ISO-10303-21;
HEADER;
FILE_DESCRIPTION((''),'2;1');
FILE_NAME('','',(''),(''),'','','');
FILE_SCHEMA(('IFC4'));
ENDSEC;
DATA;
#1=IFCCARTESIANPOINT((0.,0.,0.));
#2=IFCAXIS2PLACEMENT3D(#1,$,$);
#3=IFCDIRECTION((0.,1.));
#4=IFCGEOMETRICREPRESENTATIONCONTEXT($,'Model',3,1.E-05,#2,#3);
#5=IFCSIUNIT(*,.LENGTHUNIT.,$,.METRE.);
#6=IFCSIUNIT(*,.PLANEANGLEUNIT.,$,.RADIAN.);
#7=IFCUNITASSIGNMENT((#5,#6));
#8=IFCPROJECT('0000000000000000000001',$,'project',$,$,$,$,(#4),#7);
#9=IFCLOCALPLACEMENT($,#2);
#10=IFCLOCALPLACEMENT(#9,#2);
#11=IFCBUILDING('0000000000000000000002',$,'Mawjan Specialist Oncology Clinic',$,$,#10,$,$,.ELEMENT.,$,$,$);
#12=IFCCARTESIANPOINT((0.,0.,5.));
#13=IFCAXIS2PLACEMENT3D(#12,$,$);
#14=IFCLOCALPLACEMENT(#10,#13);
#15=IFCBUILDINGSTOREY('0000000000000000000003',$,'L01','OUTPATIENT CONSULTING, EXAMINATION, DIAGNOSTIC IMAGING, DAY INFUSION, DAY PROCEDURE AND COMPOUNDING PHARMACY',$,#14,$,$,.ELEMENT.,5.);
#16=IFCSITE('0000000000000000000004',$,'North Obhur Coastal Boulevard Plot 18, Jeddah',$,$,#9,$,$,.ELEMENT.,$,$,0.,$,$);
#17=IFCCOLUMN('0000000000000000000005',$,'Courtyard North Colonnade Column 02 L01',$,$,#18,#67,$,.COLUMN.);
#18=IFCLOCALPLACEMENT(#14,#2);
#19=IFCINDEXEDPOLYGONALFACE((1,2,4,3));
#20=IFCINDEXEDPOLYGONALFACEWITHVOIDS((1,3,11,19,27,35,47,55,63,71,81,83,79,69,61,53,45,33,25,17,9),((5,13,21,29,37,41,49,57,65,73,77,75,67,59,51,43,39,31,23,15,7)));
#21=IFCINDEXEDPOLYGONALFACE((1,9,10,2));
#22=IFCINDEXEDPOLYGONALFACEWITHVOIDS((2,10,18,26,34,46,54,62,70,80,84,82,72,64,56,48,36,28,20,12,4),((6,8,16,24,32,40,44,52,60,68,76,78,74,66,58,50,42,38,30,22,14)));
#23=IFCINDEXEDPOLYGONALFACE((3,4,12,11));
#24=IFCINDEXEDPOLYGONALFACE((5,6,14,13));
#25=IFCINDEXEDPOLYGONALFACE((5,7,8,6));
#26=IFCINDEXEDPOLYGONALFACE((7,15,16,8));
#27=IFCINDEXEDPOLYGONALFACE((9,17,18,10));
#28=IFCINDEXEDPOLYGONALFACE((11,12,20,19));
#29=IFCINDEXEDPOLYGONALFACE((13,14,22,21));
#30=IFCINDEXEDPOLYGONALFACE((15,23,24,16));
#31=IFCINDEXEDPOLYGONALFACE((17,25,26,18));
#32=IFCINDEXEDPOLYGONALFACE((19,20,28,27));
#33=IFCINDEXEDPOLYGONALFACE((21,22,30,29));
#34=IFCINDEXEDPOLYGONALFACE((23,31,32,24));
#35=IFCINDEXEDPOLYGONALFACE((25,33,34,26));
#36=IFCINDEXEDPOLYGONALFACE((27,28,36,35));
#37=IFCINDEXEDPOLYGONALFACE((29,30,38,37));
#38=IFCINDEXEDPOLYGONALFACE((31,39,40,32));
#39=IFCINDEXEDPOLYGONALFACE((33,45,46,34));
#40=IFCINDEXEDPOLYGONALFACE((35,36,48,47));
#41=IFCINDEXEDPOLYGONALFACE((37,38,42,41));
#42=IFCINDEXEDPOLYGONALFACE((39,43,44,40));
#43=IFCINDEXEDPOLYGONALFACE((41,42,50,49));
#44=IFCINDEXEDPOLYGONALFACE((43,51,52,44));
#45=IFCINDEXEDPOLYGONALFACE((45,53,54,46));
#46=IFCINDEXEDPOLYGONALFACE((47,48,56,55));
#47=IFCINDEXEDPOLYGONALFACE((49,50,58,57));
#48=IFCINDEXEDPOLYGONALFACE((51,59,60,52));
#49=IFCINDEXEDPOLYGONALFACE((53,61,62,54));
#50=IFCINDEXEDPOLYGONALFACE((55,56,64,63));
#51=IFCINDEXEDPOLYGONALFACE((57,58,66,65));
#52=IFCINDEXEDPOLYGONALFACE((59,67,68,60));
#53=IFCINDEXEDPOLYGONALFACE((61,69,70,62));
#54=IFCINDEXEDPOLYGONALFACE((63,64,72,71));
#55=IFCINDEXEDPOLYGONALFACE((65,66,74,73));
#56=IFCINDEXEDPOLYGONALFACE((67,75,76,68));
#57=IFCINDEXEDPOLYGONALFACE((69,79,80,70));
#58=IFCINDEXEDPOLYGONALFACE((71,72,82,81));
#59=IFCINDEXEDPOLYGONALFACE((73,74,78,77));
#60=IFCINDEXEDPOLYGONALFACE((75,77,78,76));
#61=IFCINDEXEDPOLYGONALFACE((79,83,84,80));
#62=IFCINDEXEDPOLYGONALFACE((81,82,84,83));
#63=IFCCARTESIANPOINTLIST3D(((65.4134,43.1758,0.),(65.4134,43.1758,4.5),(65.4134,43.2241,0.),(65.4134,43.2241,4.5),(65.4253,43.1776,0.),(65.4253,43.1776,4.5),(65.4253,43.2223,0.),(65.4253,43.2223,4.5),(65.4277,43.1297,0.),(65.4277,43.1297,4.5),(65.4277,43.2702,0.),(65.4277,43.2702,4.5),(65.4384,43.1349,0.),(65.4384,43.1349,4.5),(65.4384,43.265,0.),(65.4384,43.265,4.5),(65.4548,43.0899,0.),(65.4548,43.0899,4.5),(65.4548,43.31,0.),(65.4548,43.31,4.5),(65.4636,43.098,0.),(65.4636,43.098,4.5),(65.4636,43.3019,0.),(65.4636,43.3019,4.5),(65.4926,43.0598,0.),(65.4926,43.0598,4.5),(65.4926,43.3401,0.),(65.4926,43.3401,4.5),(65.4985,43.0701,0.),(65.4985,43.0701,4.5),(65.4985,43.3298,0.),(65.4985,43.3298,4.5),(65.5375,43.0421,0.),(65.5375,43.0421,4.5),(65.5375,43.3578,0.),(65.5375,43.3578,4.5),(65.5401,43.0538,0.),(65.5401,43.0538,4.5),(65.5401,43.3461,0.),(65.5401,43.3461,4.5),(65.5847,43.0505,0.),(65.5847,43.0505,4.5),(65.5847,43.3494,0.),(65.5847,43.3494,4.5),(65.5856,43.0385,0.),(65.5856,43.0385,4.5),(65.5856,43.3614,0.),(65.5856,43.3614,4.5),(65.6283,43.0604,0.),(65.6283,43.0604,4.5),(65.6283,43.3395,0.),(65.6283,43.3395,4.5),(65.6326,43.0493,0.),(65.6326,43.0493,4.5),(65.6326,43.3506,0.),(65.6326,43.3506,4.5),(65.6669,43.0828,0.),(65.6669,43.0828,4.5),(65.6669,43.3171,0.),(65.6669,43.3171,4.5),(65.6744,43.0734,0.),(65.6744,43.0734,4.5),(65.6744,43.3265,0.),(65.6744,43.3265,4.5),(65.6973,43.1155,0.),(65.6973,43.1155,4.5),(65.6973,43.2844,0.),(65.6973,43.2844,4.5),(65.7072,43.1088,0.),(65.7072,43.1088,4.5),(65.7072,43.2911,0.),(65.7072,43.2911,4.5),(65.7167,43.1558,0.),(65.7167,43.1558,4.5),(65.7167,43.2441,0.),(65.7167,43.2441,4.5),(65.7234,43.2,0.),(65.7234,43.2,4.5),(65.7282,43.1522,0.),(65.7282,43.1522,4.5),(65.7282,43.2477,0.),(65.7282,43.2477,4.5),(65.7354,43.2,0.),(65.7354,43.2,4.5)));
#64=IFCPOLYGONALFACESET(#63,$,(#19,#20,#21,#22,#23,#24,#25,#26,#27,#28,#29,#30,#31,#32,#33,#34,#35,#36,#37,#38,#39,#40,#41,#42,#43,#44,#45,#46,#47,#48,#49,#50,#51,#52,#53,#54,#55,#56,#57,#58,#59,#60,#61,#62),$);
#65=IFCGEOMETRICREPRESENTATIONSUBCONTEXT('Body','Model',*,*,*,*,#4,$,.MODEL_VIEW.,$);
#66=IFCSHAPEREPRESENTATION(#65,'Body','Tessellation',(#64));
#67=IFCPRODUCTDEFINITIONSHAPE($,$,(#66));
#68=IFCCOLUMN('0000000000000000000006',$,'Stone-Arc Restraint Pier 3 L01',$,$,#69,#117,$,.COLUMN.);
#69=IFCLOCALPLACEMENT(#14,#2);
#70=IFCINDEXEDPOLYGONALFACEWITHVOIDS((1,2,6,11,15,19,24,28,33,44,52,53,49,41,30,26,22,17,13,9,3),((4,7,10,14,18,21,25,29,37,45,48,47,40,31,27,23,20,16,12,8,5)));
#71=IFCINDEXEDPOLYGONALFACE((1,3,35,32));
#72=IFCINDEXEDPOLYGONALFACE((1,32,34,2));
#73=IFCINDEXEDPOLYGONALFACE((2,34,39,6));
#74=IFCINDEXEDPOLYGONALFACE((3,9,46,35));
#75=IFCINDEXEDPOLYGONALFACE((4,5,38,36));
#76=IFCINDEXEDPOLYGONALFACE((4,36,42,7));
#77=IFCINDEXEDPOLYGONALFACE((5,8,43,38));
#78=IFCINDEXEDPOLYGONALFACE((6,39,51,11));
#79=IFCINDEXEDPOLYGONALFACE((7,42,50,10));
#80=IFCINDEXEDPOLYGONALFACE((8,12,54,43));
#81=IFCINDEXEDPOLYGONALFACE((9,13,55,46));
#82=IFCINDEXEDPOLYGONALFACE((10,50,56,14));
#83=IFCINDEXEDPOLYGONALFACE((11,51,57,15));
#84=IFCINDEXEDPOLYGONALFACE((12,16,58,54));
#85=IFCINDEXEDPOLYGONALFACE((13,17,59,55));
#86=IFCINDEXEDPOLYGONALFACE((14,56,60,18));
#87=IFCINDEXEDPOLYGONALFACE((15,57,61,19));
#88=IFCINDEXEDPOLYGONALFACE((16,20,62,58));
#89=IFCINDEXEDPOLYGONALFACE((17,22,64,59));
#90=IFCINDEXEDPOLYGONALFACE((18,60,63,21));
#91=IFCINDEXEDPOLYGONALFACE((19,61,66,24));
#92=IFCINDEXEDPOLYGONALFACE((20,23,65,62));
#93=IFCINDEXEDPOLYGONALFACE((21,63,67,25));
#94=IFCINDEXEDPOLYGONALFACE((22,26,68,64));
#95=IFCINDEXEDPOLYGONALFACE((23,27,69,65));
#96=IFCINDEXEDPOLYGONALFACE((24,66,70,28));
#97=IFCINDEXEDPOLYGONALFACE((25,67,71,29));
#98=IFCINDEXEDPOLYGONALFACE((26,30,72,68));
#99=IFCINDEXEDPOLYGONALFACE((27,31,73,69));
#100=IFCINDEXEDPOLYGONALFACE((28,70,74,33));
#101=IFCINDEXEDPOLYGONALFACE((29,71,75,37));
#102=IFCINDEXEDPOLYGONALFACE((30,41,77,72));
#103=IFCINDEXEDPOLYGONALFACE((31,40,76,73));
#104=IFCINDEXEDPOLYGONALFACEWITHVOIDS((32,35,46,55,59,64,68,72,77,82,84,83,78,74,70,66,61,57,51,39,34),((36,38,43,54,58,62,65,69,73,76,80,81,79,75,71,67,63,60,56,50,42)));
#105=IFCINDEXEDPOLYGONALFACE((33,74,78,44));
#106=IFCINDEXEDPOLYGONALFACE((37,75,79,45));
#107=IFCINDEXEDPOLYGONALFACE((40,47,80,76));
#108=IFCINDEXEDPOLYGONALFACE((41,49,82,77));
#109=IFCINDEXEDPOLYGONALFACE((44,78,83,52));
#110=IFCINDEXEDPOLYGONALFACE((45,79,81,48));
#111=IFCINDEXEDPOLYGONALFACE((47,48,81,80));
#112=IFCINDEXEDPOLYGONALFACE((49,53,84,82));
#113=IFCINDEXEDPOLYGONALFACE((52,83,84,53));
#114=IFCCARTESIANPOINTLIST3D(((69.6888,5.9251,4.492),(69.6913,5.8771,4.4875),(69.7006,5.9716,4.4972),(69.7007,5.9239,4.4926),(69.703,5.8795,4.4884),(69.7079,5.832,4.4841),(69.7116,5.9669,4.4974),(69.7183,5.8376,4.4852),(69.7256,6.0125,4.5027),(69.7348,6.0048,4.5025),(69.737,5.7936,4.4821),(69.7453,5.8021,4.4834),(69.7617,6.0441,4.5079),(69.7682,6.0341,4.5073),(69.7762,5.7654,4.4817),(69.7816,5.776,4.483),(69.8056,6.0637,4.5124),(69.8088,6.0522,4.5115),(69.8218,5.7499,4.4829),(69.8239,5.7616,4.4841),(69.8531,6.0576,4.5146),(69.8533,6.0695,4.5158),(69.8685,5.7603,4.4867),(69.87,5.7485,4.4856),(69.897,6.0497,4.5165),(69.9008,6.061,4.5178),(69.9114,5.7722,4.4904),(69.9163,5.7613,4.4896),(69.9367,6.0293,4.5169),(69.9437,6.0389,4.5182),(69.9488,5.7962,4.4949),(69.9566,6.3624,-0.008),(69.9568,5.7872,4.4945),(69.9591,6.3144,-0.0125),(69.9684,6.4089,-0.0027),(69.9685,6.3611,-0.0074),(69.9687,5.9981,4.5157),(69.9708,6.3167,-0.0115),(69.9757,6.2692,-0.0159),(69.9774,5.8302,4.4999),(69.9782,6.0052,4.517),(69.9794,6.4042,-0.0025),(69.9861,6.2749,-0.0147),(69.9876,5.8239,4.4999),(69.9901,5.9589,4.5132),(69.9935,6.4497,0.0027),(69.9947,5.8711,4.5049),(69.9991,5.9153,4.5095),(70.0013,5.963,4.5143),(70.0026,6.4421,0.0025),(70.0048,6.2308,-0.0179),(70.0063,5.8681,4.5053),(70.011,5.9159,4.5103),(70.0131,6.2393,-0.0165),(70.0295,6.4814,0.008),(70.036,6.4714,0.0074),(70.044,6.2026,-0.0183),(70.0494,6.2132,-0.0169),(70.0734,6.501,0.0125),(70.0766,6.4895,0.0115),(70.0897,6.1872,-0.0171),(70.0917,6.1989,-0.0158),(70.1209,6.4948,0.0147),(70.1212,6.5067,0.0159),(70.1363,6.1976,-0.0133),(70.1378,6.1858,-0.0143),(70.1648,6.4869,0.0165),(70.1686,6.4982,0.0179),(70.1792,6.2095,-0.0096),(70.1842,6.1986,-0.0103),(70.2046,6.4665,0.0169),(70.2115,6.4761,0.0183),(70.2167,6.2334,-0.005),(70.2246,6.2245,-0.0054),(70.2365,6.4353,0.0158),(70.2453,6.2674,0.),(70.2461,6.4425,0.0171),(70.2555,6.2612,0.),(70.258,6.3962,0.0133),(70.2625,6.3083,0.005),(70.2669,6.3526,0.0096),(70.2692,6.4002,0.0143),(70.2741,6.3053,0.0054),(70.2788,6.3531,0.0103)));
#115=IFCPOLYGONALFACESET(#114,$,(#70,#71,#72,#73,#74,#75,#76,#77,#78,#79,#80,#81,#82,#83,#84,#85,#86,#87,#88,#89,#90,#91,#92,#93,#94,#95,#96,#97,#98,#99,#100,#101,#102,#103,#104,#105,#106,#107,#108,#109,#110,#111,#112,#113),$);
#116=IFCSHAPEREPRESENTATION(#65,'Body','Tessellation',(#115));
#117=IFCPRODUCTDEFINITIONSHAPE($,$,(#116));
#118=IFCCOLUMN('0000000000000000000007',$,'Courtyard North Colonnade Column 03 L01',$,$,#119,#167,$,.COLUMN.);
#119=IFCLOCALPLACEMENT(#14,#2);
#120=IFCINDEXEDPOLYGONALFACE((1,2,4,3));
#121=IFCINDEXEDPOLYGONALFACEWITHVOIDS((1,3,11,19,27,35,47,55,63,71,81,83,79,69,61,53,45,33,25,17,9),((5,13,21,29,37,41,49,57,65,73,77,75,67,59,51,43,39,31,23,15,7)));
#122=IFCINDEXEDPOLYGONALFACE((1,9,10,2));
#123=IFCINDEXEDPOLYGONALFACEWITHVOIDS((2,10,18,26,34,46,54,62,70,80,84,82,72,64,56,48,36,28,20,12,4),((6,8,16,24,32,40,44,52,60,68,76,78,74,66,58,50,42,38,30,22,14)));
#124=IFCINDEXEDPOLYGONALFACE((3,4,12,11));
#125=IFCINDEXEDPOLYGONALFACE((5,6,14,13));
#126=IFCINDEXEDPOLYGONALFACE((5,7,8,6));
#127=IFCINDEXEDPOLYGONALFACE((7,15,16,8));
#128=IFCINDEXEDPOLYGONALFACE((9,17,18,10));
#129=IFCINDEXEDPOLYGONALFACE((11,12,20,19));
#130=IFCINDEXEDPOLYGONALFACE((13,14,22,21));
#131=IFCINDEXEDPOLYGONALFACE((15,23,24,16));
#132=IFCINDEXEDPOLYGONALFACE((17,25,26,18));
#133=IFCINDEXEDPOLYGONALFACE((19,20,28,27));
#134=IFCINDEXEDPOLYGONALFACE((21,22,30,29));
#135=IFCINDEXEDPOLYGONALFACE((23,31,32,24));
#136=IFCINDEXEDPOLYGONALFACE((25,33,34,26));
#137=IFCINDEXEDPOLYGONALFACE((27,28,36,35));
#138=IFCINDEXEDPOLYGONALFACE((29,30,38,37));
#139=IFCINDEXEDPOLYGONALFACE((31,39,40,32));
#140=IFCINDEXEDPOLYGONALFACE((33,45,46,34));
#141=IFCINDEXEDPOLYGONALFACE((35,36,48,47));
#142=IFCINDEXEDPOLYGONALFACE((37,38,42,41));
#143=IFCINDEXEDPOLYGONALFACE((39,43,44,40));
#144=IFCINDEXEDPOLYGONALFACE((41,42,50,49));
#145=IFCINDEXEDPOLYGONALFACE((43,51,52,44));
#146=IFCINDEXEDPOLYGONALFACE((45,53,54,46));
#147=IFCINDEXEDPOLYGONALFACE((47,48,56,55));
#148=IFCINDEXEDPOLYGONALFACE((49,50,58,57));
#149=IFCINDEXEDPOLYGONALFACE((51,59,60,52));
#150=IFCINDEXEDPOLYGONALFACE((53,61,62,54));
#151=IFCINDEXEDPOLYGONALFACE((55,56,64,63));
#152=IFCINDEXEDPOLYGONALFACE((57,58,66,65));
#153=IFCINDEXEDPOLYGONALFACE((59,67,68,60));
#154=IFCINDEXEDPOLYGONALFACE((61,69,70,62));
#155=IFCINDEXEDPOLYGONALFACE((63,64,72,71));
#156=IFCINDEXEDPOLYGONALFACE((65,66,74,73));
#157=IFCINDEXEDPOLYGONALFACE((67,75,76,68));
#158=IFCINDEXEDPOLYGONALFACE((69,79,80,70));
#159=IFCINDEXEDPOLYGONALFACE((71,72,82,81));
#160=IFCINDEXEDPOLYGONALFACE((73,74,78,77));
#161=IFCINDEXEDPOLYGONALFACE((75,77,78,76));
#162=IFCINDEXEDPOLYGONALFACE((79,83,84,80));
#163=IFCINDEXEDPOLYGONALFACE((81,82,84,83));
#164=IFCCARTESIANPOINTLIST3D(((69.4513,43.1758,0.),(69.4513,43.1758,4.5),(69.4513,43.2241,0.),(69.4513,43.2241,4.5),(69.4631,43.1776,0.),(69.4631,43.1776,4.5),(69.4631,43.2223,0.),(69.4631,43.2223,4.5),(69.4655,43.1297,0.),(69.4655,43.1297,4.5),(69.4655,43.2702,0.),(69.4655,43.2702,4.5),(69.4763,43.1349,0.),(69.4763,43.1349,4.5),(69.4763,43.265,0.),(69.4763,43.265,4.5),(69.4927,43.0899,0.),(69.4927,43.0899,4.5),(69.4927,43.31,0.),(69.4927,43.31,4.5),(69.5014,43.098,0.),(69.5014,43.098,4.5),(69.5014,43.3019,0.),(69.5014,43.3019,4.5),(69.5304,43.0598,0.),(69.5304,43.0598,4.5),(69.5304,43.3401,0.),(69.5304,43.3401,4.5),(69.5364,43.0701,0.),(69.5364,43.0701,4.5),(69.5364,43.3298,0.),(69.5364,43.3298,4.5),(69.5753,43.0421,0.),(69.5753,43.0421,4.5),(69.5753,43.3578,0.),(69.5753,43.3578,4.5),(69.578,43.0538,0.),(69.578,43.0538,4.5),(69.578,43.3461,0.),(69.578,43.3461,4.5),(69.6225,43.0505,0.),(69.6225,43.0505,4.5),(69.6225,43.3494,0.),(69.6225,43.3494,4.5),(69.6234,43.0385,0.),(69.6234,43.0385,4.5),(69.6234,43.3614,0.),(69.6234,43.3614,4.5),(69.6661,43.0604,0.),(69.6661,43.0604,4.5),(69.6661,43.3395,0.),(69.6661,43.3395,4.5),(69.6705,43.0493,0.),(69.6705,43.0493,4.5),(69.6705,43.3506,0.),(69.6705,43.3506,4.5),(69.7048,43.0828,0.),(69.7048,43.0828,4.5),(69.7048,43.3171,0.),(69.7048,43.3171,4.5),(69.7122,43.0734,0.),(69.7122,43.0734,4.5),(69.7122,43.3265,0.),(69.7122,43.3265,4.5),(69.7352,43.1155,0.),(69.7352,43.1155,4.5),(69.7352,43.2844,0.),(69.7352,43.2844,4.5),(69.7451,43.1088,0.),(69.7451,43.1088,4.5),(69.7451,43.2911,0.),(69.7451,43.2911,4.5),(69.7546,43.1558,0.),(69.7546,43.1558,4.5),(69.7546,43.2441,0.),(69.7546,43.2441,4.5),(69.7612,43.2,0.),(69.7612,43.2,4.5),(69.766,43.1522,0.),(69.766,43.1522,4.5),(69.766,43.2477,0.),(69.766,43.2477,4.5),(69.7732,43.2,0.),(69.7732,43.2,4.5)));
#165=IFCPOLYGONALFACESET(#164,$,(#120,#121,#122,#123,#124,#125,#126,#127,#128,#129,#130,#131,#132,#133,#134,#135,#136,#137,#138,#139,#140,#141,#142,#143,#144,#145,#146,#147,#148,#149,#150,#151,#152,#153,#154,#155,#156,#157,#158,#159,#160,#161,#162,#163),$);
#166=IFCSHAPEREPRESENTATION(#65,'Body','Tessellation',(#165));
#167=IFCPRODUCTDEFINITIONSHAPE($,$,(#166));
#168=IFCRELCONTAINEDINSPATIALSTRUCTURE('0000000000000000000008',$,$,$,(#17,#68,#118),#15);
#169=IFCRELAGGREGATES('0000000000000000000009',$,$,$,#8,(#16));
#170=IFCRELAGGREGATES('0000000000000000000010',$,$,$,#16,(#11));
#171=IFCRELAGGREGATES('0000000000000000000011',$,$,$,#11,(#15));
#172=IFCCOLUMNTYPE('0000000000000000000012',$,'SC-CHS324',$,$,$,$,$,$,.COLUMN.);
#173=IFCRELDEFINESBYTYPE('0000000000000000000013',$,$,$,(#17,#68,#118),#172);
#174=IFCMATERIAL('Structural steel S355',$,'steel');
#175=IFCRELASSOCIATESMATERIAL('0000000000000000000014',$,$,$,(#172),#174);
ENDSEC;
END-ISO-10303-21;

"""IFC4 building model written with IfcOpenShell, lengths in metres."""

from ifc_helpers import new_model, si_unit, direction, frame, origin, origin_2d, place, context, subcontext, project, spatial, hollow_circle, extrude, material, material_profile, profile_set, type_object, element, save


model = new_model("IFC4")

# Units and contexts
model_context = context("Model", 3, precision=1e-05, world=origin(), true_north=direction((0.0, 1.0)))
body_context = subcontext(model_context, "Body", "Model", "MODEL_VIEW")
ifc_project = project(units=[si_unit("LENGTHUNIT", "METRE"), si_unit("PLANEANGLEUNIT", "RADIAN")], contexts=[model_context])

# Site, building, storey
site_placement = place(None, origin())
site = spatial("IfcSite", under=ifc_project, at=site_placement, Name="North Obhur Coastal Boulevard Plot 18, Jeddah", CompositionType="ELEMENT", RefElevation=0.0)
building_placement = place(site_placement, origin())
building = spatial("IfcBuilding", under=site, at=building_placement, Name="Mawjan Specialist Oncology Clinic", CompositionType="ELEMENT")
storey_placement = place(building_placement, frame((0.0, 0.0, 5.0)))
storey = spatial("IfcBuildingStorey", under=building, at=storey_placement, Name="L01", Description="OUTPATIENT CONSULTING, EXAMINATION, DIAGNOSTIC IMAGING, DAY INFUSION, DAY PROCEDURE AND COMPOUNDING PHARMACY", CompositionType="ELEMENT", Elevation=5.0)

# Columns
ifc_material_1 = material(Name="Structural steel S355", Category="steel")
ifc_material_profile_1 = material_profile(ifc_material_1, hollow_circle(Radius=0.1619, WallThickness=0.012, at=origin_2d()), Name="CHS 323.9x12", Category="steel")
ifc_profile_set_1 = profile_set([ifc_material_profile_1], Name="Structural steel S355")
column_type_1 = type_object("IfcColumnType", Name="SC-CHS324", PredefinedType="COLUMN", material=ifc_profile_set_1)
column_1_placement = place(storey_placement, frame((65.5735, 43.2, 0.0), z_axis=(0.0, 0.0, 1.0), x_axis=(1.0, 0.0, 0.0)))
element("IfcColumn", 1, at=column_1_placement, inside=storey, type_object=column_type_1, Name="Courtyard North Colonnade Column 02 L01", PredefinedType="COLUMN", context=body_context, shape_type="SweptSolid", body=[
    extrude(hollow_circle(Radius=0.1619, WallThickness=0.012, at=origin_2d()), origin(), (0.0, 0.0, 1.0), 4.5),
])
column_2_placement = place(storey_placement, frame((70.1174, 6.3457, 0.0), z_axis=(-0.059133, -0.096543, 0.993571), x_axis=(0.852752, -0.522316, 0.0)))
element("IfcColumn", 2, at=column_2_placement, inside=storey, type_object=column_type_1, Name="Stone-Arc Restraint Pier 3 L01", PredefinedType="COLUMN", context=body_context, shape_type="SweptSolid", body=[
    extrude(hollow_circle(Radius=0.1619, WallThickness=0.012, at=origin_2d()), origin(), (0.0, 0.0, 1.0), 4.5291),
])
column_3_placement = place(storey_placement, frame((69.6113, 43.2, 0.0), z_axis=(0.0, 0.0, 1.0), x_axis=(1.0, 0.0, 0.0)))
element("IfcColumn", 3, at=column_3_placement, inside=storey, type_object=column_type_1, Name="Courtyard North Colonnade Column 03 L01", PredefinedType="COLUMN", context=body_context, shape_type="SweptSolid", body=[
    extrude(hollow_circle(Radius=0.1619, WallThickness=0.012, at=origin_2d()), origin(), (0.0, 0.0, 1.0), 4.5),
])

save(model, "model.ifc")
